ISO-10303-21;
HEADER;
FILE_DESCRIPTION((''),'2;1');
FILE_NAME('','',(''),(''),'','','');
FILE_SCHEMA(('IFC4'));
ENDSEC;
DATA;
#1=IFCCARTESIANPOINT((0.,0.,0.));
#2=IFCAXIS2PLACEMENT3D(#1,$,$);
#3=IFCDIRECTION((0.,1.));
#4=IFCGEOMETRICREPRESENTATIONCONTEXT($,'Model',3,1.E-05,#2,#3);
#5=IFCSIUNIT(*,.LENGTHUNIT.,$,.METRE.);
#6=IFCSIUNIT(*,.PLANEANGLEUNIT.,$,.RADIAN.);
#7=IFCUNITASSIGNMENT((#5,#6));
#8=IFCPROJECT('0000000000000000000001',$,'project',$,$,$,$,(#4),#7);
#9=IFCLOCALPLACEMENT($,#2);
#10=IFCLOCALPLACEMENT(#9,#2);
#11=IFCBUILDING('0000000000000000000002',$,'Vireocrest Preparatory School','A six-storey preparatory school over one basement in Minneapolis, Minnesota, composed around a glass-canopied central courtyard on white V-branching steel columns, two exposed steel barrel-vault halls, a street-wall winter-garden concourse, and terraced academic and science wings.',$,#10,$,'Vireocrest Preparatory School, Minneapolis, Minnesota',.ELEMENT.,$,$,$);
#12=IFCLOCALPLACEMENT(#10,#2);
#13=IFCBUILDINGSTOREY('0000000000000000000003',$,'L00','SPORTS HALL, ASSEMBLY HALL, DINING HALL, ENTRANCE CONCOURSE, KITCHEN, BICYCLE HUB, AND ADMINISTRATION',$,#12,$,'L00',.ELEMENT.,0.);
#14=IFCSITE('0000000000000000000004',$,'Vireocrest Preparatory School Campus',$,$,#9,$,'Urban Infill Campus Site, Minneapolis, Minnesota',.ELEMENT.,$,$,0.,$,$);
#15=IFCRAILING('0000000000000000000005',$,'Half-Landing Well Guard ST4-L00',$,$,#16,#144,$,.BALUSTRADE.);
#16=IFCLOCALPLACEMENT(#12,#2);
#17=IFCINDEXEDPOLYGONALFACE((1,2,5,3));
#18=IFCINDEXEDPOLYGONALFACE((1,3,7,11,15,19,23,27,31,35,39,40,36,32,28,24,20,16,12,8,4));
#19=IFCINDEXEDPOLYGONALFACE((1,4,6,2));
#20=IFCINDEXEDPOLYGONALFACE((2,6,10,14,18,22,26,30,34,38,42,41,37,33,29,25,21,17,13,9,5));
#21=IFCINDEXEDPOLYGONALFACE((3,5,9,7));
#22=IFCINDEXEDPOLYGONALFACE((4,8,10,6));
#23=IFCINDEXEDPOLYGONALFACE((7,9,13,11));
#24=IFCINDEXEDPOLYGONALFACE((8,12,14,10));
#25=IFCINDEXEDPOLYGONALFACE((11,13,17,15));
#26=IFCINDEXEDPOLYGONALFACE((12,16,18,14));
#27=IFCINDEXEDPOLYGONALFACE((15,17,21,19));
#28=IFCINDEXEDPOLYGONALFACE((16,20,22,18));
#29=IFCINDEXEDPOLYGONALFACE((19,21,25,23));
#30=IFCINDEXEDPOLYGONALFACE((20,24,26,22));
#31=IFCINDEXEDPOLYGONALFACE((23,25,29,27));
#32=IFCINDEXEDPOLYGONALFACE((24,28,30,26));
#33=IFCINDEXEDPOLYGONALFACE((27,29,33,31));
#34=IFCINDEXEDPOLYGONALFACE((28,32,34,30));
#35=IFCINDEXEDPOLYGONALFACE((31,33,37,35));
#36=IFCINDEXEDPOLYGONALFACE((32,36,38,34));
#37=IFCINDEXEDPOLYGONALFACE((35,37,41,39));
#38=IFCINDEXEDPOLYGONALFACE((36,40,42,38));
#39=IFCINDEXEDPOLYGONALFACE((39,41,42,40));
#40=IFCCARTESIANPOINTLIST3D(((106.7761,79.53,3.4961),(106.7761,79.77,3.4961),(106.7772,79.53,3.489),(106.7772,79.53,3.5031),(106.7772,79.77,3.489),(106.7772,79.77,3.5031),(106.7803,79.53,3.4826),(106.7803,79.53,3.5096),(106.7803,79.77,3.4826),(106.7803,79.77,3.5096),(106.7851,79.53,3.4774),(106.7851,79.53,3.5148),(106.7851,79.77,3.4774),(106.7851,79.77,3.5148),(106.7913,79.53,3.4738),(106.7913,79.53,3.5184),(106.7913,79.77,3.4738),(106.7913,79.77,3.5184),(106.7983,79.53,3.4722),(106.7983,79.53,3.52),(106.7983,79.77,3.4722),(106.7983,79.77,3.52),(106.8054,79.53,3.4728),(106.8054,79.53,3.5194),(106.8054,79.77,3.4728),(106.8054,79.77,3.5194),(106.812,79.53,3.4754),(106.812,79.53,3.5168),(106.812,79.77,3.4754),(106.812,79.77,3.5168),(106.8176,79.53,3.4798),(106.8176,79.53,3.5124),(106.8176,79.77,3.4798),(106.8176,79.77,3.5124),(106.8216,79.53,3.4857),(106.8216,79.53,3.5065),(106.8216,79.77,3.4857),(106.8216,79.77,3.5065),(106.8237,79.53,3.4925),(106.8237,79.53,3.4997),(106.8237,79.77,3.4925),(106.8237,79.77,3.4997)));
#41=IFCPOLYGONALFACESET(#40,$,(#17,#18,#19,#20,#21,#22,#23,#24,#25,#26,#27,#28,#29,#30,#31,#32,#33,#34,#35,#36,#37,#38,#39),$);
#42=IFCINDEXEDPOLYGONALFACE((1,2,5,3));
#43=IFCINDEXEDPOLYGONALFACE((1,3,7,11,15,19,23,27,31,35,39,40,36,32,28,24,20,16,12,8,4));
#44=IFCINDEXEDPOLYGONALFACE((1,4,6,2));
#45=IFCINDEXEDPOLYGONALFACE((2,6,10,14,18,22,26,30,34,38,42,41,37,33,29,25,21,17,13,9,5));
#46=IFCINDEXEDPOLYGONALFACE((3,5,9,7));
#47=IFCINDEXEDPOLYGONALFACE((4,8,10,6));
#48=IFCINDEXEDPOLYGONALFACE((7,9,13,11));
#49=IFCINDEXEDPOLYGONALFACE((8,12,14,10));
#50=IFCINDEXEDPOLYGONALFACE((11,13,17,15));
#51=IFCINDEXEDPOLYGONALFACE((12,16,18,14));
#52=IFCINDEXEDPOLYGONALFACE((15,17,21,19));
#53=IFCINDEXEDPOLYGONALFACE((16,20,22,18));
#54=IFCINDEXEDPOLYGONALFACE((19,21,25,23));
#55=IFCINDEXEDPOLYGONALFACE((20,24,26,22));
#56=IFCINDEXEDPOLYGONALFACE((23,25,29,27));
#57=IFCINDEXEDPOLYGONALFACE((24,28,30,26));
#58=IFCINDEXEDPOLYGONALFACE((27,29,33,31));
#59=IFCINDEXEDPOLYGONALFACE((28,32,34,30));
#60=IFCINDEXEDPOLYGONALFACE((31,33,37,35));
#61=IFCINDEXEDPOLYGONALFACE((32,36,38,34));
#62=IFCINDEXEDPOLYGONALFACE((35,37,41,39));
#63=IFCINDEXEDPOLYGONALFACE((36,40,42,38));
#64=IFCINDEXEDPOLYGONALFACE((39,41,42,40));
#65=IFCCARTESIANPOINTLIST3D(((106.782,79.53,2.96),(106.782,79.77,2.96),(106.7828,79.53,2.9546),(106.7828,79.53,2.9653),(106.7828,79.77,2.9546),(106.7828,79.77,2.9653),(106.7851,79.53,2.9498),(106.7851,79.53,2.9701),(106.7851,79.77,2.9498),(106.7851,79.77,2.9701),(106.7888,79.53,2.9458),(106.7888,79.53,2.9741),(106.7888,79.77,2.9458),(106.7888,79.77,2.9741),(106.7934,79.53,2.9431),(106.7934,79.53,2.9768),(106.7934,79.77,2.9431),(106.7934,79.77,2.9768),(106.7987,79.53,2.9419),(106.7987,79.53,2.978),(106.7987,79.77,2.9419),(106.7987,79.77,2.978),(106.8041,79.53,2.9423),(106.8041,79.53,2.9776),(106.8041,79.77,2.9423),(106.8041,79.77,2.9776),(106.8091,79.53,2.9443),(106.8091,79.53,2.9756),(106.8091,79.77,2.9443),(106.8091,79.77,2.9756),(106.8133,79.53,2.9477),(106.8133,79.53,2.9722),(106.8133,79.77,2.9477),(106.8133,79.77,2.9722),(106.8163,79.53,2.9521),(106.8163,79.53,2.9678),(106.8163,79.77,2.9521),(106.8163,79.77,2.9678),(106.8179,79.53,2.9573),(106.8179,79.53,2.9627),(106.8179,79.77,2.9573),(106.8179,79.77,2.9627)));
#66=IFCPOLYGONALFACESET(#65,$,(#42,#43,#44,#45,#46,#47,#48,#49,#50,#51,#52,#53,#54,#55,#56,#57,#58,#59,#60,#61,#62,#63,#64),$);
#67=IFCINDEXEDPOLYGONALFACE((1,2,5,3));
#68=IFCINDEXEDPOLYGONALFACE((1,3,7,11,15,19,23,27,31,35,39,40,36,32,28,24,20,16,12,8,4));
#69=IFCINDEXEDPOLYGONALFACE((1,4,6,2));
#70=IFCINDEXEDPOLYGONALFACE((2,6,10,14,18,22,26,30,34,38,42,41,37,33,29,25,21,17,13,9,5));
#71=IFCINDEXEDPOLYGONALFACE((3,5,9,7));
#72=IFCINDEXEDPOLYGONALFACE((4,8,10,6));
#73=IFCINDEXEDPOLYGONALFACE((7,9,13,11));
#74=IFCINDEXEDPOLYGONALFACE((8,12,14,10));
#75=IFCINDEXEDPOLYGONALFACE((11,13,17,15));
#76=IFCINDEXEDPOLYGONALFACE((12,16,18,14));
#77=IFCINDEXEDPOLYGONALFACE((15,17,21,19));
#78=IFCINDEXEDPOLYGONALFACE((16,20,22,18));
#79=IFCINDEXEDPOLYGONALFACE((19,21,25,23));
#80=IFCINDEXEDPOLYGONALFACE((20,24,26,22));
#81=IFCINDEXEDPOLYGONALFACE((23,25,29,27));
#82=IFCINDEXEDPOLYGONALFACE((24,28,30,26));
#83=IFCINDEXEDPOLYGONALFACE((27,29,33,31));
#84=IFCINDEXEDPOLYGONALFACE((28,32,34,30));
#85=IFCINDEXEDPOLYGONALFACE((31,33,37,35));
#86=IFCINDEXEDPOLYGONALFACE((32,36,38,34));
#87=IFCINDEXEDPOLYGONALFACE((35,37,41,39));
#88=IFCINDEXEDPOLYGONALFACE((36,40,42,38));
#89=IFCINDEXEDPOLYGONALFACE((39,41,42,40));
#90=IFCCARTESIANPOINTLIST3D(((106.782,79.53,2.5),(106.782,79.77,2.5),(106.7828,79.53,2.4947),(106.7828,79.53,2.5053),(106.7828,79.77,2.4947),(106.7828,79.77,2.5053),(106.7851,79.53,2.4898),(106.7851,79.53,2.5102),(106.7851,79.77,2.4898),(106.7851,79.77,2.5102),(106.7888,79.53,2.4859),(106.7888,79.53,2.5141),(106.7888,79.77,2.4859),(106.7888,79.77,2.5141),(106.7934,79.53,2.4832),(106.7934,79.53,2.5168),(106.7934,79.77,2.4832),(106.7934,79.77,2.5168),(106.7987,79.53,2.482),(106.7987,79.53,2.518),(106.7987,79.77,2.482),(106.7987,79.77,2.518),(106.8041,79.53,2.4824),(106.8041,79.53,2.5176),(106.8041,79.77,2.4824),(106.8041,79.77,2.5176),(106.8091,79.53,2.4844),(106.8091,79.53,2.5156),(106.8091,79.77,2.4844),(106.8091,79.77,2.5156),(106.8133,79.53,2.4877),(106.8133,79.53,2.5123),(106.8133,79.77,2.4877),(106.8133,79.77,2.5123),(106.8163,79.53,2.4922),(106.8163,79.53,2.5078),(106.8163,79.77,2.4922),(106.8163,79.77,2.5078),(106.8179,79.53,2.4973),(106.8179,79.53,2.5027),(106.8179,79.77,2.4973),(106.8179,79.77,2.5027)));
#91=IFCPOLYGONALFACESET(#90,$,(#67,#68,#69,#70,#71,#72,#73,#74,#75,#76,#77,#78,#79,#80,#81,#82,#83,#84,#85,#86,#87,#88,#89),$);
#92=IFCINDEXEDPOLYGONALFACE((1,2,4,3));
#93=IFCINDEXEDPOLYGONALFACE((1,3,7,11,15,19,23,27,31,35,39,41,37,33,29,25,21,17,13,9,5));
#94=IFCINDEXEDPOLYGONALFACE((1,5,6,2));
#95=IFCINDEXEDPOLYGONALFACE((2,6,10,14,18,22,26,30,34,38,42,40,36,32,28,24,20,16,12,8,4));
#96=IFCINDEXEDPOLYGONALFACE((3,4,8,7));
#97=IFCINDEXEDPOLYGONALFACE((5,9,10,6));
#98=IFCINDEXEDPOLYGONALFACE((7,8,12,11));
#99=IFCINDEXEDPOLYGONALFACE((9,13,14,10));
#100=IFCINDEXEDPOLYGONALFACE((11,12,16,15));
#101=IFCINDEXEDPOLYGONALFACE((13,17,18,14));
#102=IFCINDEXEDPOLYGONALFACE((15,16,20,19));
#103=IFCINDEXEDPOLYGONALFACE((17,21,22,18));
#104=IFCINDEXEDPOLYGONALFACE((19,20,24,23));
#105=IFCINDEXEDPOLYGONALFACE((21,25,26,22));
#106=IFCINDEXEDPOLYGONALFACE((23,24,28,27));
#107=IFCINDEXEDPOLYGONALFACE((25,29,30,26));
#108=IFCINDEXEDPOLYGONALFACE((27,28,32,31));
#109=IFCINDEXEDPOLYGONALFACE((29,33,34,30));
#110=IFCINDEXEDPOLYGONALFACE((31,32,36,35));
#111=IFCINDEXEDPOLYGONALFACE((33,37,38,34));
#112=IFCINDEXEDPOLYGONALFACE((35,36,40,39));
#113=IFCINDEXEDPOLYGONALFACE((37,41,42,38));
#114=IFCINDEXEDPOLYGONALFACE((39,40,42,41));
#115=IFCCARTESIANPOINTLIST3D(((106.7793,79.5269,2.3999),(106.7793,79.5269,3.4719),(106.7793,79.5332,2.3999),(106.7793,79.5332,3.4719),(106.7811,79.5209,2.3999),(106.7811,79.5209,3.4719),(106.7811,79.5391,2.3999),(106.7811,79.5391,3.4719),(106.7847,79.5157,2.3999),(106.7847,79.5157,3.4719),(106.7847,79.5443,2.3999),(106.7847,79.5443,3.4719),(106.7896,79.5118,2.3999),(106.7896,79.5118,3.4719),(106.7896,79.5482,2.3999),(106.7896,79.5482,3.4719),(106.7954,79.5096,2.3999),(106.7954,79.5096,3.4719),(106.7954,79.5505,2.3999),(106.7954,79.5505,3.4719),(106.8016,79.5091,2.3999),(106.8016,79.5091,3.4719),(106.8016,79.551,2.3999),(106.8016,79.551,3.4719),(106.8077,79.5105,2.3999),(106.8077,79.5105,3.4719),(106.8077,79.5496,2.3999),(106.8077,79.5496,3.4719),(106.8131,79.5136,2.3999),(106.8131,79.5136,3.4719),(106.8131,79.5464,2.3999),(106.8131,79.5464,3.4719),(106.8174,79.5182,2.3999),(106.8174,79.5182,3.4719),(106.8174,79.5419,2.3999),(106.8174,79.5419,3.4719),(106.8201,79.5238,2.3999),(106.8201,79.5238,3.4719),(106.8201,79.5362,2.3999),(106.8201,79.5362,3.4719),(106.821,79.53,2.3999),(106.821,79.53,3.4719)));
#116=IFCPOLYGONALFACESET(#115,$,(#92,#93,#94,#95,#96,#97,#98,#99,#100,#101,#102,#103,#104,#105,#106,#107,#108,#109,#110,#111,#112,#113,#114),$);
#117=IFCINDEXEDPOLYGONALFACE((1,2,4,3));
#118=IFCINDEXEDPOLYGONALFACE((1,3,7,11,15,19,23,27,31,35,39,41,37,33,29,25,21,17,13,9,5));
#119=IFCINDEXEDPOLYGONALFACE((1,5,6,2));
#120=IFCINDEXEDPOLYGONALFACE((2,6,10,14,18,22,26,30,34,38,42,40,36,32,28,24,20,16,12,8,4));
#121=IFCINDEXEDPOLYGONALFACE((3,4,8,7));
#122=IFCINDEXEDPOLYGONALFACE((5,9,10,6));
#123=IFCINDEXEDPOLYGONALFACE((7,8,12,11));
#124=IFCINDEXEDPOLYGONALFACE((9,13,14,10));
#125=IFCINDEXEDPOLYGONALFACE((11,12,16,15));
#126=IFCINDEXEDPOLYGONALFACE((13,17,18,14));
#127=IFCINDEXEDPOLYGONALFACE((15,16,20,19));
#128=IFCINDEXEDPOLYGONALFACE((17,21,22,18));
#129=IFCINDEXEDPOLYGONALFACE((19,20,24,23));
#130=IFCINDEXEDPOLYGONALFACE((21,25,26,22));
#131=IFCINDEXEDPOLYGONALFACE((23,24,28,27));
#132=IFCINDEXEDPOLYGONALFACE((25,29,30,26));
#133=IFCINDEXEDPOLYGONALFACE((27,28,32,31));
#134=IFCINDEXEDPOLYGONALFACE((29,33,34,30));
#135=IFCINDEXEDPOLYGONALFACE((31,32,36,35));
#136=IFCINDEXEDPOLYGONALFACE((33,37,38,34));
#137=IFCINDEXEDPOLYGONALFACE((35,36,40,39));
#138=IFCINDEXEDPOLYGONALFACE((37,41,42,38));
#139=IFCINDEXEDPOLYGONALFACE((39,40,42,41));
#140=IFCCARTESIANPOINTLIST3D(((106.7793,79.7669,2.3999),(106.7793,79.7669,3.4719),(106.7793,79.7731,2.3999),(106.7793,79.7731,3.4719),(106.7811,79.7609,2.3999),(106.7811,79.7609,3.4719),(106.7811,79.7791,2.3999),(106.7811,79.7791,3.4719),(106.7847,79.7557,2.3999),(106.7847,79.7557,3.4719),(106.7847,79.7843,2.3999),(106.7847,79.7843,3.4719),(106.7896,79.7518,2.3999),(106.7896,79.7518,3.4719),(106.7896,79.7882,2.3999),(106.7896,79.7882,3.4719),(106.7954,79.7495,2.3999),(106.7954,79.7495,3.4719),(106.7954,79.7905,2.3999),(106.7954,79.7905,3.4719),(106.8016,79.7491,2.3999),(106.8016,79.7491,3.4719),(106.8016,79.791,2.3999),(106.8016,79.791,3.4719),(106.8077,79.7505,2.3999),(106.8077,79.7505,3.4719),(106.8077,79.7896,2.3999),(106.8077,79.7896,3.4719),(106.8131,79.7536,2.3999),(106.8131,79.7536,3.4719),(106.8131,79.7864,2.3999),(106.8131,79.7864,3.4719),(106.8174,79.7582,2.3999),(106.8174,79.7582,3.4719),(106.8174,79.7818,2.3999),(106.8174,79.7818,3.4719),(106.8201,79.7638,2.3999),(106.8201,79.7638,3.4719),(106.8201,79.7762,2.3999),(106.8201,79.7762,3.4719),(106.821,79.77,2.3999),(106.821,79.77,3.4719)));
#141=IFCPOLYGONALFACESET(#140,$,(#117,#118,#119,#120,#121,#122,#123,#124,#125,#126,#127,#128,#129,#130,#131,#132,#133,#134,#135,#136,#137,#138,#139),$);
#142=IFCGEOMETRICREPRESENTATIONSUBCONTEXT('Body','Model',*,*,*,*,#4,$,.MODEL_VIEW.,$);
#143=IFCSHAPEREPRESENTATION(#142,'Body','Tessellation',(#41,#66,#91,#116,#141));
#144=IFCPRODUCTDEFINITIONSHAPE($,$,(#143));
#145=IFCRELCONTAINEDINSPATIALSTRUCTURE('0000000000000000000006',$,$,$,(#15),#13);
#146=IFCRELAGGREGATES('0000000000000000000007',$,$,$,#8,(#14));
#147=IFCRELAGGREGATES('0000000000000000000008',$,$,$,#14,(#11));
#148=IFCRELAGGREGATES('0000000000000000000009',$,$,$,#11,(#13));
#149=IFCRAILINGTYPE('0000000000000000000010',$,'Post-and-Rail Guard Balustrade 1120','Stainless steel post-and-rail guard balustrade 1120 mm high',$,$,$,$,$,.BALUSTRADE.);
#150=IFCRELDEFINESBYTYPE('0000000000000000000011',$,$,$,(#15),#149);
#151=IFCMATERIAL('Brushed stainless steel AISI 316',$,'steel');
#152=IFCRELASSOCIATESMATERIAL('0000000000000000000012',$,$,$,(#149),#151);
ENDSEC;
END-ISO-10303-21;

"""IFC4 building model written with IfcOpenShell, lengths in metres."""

from ifc_helpers import new_model, si_unit, direction, frame, origin, origin_2d, place, context, subcontext, project, spatial, circle, extrude, material, type_object, element, save


model = new_model("IFC4")

# Units and contexts
model_context = context("Model", 3, precision=1e-05, world=origin(), true_north=direction((0.0, 1.0)))
body_context = subcontext(model_context, "Body", "Model", "MODEL_VIEW")
ifc_project = project(units=[si_unit("LENGTHUNIT", "METRE"), si_unit("PLANEANGLEUNIT", "RADIAN")], contexts=[model_context])

# Site, building, storey
site_placement = place(None, origin())
site = spatial("IfcSite", under=ifc_project, at=site_placement, Name="Vireocrest Preparatory School Campus", LongName="Urban Infill Campus Site, Minneapolis, Minnesota", CompositionType="ELEMENT", RefElevation=0.0)
building_placement = place(site_placement, origin())
building = spatial("IfcBuilding", under=site, at=building_placement, Name="Vireocrest Preparatory School", Description="A six-storey preparatory school over one basement in Minneapolis, Minnesota, composed around a glass-canopied central courtyard on white V-branching steel columns, two exposed steel barrel-vault halls, a street-wall winter-garden concourse, and terraced academic and science wings.", LongName="Vireocrest Preparatory School, Minneapolis, Minnesota", CompositionType="ELEMENT")
storey_placement = place(building_placement, origin())
storey = spatial("IfcBuildingStorey", under=building, at=storey_placement, Name="L00", Description="SPORTS HALL, ASSEMBLY HALL, DINING HALL, ENTRANCE CONCOURSE, KITCHEN, BICYCLE HUB, AND ADMINISTRATION", LongName="L00", CompositionType="ELEMENT", Elevation=0.0)

# Railing
ifc_material_1 = material(Name="Brushed stainless steel AISI 316", Category="steel")
railing_type_1 = type_object("IfcRailingType", Name="Post-and-Rail Guard Balustrade 1120", Description="Stainless steel post-and-rail guard balustrade 1120 mm high", PredefinedType="BALUSTRADE", material=ifc_material_1)
railing_1_placement = place(storey_placement, frame((106.8, 79.53, 2.3999)))
element("IfcRailing", 1, at=railing_1_placement, inside=storey, type_object=railing_type_1, Name="Half-Landing Well Guard ST4-L00", PredefinedType="BALUSTRADE", context=body_context, shape_type="SweptSolid", body=[
    extrude(circle(Radius=0.0239, at=origin_2d()), frame((0.0, 0.0, 1.0962), z_axis=(0.0, 1.0, 0.0), x_axis=(-1.0, 0.0, 0.0)), (0.0, 0.0, 1.0), 0.24),
    extrude(circle(Radius=0.0181, at=origin_2d()), frame((0.0, 0.0, 0.5601), z_axis=(0.0, 1.0, 0.0), x_axis=(-1.0, 0.0, 0.0)), (0.0, 0.0, 1.0), 0.24),
    extrude(circle(Radius=0.0181, at=origin_2d()), frame((0.0, 0.0, 0.1001), z_axis=(0.0, 1.0, 0.0), x_axis=(-1.0, 0.0, 0.0)), (0.0, 0.0, 1.0), 0.24),
    extrude(circle(Radius=0.021, at=origin_2d()), origin(), (0.0, 0.0, 1.0), 1.072),
    extrude(circle(Radius=0.021, at=origin_2d()), frame((0.0, 0.24, 0.0)), (0.0, 0.0, 1.0), 1.072),
])

save(model, "model.ifc")
